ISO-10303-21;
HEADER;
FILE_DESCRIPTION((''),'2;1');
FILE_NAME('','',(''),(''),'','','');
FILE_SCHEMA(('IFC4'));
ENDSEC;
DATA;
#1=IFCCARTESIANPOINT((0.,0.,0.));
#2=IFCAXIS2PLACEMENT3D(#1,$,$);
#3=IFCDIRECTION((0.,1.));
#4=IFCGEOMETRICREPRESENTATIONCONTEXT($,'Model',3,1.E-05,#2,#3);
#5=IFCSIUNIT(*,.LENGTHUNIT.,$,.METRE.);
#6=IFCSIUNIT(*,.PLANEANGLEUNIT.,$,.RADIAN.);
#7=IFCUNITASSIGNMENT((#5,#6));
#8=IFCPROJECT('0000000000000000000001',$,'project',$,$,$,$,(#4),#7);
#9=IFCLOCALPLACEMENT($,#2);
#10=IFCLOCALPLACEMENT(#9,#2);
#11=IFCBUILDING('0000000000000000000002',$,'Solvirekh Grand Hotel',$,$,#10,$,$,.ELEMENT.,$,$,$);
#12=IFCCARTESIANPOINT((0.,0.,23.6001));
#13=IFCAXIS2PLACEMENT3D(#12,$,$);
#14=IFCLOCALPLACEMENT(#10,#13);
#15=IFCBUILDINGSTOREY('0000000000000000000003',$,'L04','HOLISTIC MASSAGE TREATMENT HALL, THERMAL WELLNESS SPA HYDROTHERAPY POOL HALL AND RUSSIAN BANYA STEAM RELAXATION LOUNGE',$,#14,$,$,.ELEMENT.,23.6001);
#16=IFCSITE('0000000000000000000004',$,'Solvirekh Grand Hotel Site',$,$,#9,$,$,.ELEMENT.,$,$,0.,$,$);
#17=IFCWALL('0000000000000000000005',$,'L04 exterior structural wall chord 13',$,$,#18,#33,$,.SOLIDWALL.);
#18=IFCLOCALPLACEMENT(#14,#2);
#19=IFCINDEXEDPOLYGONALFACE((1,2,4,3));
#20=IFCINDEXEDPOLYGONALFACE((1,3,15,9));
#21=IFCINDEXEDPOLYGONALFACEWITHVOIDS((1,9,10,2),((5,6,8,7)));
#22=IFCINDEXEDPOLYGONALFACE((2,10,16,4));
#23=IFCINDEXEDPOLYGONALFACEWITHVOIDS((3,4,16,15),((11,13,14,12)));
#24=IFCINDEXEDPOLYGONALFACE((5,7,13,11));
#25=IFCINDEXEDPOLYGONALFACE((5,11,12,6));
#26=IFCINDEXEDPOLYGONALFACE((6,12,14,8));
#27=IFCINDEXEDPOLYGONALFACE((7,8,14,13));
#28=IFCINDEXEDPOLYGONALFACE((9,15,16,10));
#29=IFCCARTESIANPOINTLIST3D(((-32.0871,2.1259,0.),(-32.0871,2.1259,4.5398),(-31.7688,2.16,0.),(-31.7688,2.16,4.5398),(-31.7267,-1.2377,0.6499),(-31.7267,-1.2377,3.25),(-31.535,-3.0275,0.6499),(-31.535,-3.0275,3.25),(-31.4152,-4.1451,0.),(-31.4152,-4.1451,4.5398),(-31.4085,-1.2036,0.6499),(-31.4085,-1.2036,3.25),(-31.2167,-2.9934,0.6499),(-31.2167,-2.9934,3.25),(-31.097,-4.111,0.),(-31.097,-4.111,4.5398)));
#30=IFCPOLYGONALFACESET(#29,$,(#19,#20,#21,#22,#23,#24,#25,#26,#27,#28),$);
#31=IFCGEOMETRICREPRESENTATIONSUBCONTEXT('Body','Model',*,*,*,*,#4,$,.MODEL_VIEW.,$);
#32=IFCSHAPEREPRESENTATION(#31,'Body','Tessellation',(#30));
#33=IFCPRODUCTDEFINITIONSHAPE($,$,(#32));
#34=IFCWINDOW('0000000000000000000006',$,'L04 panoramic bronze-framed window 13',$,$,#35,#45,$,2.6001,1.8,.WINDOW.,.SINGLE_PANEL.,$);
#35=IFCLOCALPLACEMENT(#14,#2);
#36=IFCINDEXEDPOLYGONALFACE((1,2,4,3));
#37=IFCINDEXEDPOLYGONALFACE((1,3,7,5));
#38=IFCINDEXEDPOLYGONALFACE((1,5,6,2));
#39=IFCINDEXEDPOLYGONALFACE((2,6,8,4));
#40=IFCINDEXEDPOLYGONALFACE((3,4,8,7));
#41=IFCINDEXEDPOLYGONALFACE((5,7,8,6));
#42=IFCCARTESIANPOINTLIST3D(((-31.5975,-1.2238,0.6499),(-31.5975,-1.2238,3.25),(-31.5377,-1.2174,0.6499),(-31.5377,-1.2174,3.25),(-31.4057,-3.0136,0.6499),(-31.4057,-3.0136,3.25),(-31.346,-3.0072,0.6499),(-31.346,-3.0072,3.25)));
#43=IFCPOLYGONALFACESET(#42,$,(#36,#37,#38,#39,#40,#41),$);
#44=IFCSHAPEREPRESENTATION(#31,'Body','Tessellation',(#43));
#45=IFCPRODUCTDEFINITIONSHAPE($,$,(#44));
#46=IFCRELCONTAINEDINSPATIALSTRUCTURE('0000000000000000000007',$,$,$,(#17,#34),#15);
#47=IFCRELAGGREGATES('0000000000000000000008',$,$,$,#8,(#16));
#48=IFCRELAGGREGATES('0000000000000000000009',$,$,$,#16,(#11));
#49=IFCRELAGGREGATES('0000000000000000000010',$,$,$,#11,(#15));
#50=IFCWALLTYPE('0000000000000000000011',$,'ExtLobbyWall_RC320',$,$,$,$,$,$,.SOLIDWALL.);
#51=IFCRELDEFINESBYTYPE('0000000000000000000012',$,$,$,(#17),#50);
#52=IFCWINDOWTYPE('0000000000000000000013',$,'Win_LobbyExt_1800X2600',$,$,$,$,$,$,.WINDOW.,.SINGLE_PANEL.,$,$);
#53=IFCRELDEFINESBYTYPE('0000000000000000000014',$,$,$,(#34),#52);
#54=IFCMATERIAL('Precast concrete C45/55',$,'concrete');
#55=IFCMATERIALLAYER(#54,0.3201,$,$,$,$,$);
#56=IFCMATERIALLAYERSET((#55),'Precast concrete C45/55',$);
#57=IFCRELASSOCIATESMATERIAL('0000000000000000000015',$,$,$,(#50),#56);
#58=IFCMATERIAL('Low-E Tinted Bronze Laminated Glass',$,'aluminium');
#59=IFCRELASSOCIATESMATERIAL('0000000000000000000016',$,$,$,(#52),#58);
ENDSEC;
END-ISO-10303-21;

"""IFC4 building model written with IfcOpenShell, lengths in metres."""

from ifc_helpers import new_model, si_unit, direction, frame, frame_2d, origin, place, context, subcontext, project, spatial, rectangle, extrude, material, layer, layer_set, type_object, element, fill, save


model = new_model("IFC4")

# Units and contexts
model_context = context("Model", 3, precision=1e-05, world=origin(), true_north=direction((0.0, 1.0)))
body_context = subcontext(model_context, "Body", "Model", "MODEL_VIEW")
ifc_project = project(units=[si_unit("LENGTHUNIT", "METRE"), si_unit("PLANEANGLEUNIT", "RADIAN")], contexts=[model_context])

# Site, building, storey
site_placement = place(None, origin())
site = spatial("IfcSite", under=ifc_project, at=site_placement, Name="Solvirekh Grand Hotel Site", CompositionType="ELEMENT", RefElevation=0.0)
building_placement = place(site_placement, origin())
building = spatial("IfcBuilding", under=site, at=building_placement, Name="Solvirekh Grand Hotel", CompositionType="ELEMENT")
storey_placement = place(building_placement, frame((0.0, 0.0, 23.6001)))
storey = spatial("IfcBuildingStorey", under=building, at=storey_placement, Name="L04", Description="HOLISTIC MASSAGE TREATMENT HALL, THERMAL WELLNESS SPA HYDROTHERAPY POOL HALL AND RUSSIAN BANYA STEAM RELAXATION LOUNGE", CompositionType="ELEMENT", Elevation=23.6001)

# Shared definitions
ifc_material_1 = material(Name="Low-E Tinted Bronze Laminated Glass", Category="aluminium")

# Wall, opening, window
ifc_material_2 = material(Name="Precast concrete C45/55", Category="concrete")
ifc_layer_1 = layer(ifc_material_2, 0.3201)
ifc_layer_set_1 = layer_set([ifc_layer_1], Name="Precast concrete C45/55")
wall_type = type_object("IfcWallType", Name="ExtLobbyWall_RC320", PredefinedType="SOLIDWALL", material=ifc_layer_set_1)
wall_placement = place(storey_placement, frame((-31.2561, -4.1279, 0.0), z_axis=(0.0, 0.0, 1.0), x_axis=(-0.10653, 0.994309, 0.0)))
wall = element("IfcWall", 1, at=wall_placement, inside=storey, type_object=wall_type, Name="L04 exterior structural wall chord 13", PredefinedType="SOLIDWALL", context=body_context, shape_type="SweptSolid", body=[
    extrude(rectangle(XDim=6.3069, YDim=0.3201, at=frame_2d((3.1533, 0.0))), origin(), (0.0, 0.0, 1.0), 4.5398),
])
opening_placement = place(wall_placement, frame((1.124, 0.0, 0.6499)))
opening = element("IfcOpeningElement", 2, at=opening_placement, cuts=wall, PredefinedType="OPENING", context=body_context, shape_type="SweptSolid", body=[
    extrude(rectangle(XDim=1.8, YDim=2.6001, at=frame_2d((0.8999, 1.3))), frame((0.0, 0.1699, 0.0), z_axis=(0.0, -1.0, 0.0), x_axis=(1.0, 0.0, 0.0)), (0.0, 0.0, 1.0), 0.3401),
])
window_type = type_object("IfcWindowType", Name="Win_LobbyExt_1800X2600", PartitioningType="SINGLE_PANEL", PredefinedType="WINDOW", material=ifc_material_1)
window_placement = place(opening_placement, origin())
window = element("IfcWindow", 3, at=window_placement, inside=storey, type_object=window_type, Name="L04 panoramic bronze-framed window 13", OverallHeight=2.6001, OverallWidth=1.8, PartitioningType="SINGLE_PANEL", PredefinedType="WINDOW", context=body_context, shape_type="SweptSolid", body=[
    extrude(rectangle(XDim=1.8, YDim=2.6001, at=frame_2d((0.8999, 1.3))), frame((0.0, 0.03, 0.0), z_axis=(0.0, -1.0, 0.0), x_axis=(1.0, 0.0, 0.0)), (0.0, 0.0, 1.0), 0.0601),
])
fill(opening, window)

save(model, "model.ifc")
